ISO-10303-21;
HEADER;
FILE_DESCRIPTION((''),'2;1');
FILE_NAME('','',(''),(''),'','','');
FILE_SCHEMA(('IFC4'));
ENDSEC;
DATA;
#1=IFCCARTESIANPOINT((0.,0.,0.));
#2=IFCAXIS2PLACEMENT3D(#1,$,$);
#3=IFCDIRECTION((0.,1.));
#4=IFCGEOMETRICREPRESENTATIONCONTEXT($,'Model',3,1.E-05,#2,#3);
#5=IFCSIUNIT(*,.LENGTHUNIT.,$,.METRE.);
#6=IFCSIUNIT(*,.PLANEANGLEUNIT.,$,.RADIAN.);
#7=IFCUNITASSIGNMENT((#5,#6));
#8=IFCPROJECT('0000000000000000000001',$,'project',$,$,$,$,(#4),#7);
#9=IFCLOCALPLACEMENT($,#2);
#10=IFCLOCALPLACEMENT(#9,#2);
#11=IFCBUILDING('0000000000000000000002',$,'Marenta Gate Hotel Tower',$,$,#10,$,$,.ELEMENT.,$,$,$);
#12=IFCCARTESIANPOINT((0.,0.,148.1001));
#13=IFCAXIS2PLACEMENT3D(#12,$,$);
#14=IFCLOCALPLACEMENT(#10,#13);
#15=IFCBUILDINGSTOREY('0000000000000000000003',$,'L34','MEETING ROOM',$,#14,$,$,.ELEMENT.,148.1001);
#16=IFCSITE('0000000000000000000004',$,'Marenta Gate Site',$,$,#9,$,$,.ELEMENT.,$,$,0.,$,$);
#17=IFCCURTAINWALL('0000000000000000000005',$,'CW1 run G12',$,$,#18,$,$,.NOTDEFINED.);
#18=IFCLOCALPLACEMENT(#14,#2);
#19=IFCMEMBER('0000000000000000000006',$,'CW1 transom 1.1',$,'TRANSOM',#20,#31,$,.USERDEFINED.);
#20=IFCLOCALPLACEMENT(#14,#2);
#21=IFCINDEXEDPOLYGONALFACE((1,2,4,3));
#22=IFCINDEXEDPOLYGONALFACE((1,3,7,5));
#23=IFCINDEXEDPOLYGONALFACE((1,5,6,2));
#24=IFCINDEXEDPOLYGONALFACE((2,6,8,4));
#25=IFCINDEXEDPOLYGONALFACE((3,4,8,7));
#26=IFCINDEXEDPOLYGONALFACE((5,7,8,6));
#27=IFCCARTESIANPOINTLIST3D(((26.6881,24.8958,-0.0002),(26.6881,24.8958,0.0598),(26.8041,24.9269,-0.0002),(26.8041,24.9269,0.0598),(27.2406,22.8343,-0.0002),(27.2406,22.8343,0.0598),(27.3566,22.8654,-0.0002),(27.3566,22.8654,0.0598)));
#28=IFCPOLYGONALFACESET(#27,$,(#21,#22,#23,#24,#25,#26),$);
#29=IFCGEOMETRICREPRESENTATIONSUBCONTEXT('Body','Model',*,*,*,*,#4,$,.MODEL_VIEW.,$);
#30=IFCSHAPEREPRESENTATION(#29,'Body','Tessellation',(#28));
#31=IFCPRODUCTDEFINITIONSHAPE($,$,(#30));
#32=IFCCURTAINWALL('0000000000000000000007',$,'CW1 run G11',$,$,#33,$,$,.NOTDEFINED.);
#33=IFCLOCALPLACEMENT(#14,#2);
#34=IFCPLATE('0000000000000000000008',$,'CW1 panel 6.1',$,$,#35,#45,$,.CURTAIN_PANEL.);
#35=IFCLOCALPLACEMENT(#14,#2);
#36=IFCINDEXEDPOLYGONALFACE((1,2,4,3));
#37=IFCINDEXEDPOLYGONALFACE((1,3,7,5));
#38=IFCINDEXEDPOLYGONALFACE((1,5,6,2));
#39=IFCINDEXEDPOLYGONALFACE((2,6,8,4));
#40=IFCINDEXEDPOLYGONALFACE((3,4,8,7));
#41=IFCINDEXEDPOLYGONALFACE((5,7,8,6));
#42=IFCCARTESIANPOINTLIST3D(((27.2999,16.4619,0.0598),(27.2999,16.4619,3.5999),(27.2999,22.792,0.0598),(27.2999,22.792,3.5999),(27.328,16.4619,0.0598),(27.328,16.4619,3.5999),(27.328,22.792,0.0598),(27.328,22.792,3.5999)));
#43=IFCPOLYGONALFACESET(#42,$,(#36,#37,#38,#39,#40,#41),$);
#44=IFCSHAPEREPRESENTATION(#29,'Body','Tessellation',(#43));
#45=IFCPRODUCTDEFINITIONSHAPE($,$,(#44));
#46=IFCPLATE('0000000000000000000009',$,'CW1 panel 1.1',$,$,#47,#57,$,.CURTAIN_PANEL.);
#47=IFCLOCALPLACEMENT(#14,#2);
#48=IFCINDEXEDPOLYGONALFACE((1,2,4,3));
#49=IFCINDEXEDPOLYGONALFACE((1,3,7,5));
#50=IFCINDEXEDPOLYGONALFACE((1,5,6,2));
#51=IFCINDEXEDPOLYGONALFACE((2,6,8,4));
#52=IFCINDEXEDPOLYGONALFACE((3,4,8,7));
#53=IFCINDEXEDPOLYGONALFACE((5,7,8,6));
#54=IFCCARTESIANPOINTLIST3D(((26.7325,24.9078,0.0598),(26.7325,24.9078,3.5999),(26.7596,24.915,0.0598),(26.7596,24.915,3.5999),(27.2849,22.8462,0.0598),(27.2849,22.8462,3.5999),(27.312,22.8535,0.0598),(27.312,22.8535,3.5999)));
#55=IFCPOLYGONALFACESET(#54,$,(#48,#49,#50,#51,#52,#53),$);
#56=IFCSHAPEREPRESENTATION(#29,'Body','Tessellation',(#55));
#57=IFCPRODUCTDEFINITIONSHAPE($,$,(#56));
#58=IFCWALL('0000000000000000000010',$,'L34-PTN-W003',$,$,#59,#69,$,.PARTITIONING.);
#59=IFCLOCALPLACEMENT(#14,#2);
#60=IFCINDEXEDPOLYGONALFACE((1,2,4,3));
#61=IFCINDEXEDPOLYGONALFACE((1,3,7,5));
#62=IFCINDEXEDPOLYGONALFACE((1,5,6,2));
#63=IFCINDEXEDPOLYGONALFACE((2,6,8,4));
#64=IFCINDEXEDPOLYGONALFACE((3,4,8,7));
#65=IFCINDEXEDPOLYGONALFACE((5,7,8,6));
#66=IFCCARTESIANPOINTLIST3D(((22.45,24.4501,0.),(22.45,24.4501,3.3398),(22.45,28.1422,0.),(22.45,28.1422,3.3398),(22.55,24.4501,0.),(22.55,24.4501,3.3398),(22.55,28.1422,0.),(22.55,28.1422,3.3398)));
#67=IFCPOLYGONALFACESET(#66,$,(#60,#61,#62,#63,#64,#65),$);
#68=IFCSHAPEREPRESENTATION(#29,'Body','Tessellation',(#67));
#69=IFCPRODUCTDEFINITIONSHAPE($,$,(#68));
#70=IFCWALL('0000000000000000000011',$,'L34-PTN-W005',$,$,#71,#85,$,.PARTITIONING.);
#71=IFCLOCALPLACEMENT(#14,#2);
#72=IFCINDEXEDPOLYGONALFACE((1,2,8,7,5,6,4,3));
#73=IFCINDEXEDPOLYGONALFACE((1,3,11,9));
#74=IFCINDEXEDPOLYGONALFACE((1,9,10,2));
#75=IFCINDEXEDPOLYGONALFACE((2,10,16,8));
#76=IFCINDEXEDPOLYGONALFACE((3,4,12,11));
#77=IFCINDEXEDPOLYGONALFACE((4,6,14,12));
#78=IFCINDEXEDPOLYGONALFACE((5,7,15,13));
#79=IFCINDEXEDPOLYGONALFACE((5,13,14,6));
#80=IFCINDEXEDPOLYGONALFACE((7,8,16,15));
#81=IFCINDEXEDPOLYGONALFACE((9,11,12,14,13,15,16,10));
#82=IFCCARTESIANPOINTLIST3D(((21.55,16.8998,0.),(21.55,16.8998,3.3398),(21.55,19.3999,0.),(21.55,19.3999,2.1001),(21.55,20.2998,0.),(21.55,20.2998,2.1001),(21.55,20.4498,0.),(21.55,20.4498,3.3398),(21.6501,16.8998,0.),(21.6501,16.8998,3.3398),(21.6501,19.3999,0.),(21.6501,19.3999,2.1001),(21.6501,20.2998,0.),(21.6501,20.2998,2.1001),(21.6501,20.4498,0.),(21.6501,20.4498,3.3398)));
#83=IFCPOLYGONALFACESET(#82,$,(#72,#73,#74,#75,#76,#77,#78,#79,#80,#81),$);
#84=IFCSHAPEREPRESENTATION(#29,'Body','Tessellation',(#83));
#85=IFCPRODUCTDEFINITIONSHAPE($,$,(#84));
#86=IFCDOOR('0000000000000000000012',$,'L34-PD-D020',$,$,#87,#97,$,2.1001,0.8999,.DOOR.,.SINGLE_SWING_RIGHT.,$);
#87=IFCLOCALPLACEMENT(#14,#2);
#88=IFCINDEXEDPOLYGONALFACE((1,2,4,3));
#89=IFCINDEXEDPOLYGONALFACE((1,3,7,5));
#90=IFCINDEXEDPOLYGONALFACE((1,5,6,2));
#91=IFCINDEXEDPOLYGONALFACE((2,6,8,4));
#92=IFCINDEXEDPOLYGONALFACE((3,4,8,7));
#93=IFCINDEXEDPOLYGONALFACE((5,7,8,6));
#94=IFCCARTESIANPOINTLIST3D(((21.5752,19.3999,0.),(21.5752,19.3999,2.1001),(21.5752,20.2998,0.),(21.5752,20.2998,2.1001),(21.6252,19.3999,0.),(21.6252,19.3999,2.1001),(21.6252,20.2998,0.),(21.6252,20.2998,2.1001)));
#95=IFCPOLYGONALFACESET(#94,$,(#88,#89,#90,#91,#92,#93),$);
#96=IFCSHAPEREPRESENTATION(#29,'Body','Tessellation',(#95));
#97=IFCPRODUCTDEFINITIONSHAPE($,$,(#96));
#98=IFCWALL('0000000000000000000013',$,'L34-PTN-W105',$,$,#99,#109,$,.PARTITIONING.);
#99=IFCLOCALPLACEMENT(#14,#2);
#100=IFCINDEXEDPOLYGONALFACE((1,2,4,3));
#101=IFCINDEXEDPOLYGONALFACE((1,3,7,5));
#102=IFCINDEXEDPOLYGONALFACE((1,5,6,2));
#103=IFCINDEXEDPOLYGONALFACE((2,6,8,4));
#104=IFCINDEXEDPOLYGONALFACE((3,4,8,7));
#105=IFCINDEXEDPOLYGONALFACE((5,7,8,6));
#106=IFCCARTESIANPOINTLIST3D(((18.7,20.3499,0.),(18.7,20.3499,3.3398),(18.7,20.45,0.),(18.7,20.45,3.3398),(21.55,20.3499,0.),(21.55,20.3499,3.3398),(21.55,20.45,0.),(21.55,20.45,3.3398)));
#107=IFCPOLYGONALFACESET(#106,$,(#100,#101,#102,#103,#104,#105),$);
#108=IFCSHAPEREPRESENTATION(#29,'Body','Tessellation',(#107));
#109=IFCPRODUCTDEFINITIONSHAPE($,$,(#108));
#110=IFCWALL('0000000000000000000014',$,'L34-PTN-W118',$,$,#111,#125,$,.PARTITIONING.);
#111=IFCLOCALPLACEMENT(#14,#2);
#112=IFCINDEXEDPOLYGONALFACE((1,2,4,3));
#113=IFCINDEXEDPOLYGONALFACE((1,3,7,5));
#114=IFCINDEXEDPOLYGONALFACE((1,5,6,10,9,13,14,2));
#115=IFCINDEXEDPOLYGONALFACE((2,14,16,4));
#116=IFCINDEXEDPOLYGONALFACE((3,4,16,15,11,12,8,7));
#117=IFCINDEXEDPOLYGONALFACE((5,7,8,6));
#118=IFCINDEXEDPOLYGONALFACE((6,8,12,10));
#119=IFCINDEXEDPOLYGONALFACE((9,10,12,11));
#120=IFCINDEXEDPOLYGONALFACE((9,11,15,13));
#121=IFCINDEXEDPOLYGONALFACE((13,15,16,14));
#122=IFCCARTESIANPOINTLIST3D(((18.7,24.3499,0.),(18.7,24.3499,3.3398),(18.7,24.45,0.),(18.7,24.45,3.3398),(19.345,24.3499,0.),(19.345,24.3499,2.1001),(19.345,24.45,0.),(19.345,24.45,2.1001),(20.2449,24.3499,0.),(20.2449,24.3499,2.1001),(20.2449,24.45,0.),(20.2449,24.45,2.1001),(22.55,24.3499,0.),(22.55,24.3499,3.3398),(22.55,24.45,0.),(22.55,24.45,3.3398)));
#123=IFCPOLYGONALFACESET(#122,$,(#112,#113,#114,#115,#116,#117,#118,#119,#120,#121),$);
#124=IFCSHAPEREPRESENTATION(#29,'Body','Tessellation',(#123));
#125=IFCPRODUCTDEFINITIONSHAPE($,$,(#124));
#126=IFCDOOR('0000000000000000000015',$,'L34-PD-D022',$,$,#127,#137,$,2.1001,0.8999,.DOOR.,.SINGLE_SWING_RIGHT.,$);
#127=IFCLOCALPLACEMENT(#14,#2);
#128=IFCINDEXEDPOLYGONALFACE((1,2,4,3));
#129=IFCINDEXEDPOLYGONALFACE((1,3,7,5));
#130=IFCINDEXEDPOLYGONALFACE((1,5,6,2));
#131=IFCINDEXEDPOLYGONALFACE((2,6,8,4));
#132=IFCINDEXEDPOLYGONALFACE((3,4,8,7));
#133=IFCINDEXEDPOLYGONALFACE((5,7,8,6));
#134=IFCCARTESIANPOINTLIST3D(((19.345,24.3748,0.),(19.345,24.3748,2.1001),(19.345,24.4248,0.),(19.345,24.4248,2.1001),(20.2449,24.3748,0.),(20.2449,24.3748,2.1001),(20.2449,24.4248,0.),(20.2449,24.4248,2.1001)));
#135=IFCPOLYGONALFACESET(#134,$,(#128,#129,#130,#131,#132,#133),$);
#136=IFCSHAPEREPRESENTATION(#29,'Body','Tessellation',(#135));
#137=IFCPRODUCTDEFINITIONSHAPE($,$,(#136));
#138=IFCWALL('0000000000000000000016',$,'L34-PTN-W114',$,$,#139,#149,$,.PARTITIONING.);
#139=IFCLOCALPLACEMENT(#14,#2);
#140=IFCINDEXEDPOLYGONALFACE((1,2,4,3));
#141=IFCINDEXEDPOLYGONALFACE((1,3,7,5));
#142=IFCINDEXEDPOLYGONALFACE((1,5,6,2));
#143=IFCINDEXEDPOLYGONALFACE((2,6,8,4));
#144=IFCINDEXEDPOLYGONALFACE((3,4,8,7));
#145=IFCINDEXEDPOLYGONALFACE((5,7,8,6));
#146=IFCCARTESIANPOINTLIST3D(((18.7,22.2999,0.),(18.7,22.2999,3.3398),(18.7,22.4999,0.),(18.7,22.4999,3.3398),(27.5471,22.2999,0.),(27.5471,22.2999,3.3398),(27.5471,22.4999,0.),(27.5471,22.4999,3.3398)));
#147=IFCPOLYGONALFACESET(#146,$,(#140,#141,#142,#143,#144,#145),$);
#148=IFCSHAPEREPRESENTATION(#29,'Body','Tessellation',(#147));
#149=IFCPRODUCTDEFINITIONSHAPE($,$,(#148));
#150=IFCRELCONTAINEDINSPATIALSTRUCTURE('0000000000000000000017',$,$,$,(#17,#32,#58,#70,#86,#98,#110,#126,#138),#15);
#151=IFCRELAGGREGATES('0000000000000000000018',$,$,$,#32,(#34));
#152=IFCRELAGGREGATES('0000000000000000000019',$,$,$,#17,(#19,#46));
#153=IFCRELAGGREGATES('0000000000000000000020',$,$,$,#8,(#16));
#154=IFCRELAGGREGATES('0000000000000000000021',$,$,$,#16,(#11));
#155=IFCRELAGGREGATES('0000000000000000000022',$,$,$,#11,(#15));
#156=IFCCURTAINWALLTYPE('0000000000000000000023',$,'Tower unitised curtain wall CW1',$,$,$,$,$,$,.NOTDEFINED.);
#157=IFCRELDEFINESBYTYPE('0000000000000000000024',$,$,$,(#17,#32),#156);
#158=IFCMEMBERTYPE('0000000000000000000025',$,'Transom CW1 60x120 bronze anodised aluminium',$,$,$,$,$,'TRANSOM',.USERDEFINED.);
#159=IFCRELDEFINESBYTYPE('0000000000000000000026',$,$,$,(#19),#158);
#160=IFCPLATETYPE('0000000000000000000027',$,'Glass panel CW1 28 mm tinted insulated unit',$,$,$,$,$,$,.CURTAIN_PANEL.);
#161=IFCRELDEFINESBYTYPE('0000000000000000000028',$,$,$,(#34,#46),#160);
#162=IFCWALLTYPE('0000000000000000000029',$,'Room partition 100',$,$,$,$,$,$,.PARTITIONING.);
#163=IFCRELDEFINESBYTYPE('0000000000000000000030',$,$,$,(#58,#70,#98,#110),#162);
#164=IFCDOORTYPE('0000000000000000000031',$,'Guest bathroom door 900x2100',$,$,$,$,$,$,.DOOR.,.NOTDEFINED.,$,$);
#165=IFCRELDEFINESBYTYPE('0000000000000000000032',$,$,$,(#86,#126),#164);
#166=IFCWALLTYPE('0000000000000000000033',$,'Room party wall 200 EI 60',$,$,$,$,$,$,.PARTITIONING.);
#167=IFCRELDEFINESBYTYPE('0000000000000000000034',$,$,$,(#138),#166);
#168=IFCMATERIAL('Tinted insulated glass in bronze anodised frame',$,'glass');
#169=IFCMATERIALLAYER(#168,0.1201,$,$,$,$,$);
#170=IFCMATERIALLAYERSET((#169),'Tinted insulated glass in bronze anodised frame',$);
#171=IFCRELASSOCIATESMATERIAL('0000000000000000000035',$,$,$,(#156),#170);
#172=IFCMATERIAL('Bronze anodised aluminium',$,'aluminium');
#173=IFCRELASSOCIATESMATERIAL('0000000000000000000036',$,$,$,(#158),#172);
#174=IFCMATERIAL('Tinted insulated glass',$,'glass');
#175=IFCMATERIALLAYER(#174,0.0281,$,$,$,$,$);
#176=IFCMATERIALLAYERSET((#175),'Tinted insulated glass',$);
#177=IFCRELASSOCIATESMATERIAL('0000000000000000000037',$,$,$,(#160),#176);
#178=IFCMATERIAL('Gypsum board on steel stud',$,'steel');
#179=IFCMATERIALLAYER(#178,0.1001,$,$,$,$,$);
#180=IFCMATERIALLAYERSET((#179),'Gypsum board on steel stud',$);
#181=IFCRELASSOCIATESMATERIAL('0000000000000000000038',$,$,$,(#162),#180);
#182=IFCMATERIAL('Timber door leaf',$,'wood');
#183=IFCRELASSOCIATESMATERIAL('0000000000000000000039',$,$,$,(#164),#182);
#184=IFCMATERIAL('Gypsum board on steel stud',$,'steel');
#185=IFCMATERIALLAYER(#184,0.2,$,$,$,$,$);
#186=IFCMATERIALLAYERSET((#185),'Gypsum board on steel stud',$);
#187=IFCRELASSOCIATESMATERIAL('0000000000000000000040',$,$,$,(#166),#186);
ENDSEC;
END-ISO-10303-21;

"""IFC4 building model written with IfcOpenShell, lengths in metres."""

from ifc_helpers import new_model, si_unit, direction, frame, frame_2d, origin, origin_2d, place, context, subcontext, project, spatial, rectangle, extrude, material, layer, layer_set, material_profile, profile_set, type_object, element, fill, aggregate, save


model = new_model("IFC4")

# Units and contexts
model_context = context("Model", 3, precision=1e-05, world=origin(), true_north=direction((0.0, 1.0)))
body_context = subcontext(model_context, "Body", "Model", "MODEL_VIEW")
ifc_project = project(units=[si_unit("LENGTHUNIT", "METRE"), si_unit("PLANEANGLEUNIT", "RADIAN")], contexts=[model_context])

# Site, building, storey
site_placement = place(None, origin())
site = spatial("IfcSite", under=ifc_project, at=site_placement, Name="Marenta Gate Site", CompositionType="ELEMENT", RefElevation=0.0)
building_placement = place(site_placement, origin())
building = spatial("IfcBuilding", under=site, at=building_placement, Name="Marenta Gate Hotel Tower", CompositionType="ELEMENT")
storey_placement = place(building_placement, frame((0.0, 0.0, 148.1001)))
storey = spatial("IfcBuildingStorey", under=building, at=storey_placement, Name="L34", Description="MEETING ROOM", CompositionType="ELEMENT", Elevation=148.1001)

# Curtain wall
ifc_material_1 = material(Name="Tinted insulated glass in bronze anodised frame", Category="glass")
ifc_layer_1 = layer(ifc_material_1, 0.1201)
ifc_layer_set_1 = layer_set([ifc_layer_1], Name="Tinted insulated glass in bronze anodised frame")
curtain_wall_type = type_object("IfcCurtainWallType", Name="Tower unitised curtain wall CW1", PredefinedType="NOTDEFINED", material=ifc_layer_set_1)
curtain_wall_1_placement = place(storey_placement, origin())
curtain_wall_1 = element("IfcCurtainWall", 1, at=curtain_wall_1_placement, inside=storey, type_object=curtain_wall_type, Name="CW1 run G12", PredefinedType="NOTDEFINED")

# Member
ifc_material_2 = material(Name="Bronze anodised aluminium", Category="aluminium")
ifc_material_profile_1 = material_profile(ifc_material_2, rectangle(XDim=0.1201, YDim=0.0601, at=origin_2d()), Name="Transom CW1 60x120 bronze anodised aluminium")
ifc_profile_set_1 = profile_set([ifc_material_profile_1], Name="Bronze anodised aluminium")
member_type_1 = type_object("IfcMemberType", Name="Transom CW1 60x120 bronze anodised aluminium", ElementType="TRANSOM", PredefinedType="USERDEFINED", material=ifc_profile_set_1)
member_1_placement = place(storey_placement, frame((27.2986, 22.8499, 0.0298), z_axis=(-0.258866, 0.965913, 0.0), x_axis=(-0.965913, -0.258866, 0.0)))
member_1 = element("IfcMember", 2, at=member_1_placement, type_object=member_type_1, Name="CW1 transom 1.1", ObjectType="TRANSOM", PredefinedType="USERDEFINED", context=body_context, shape_type="SweptSolid", body=[
    extrude(rectangle(XDim=0.1201, YDim=0.0601, at=origin_2d()), origin(), (0.0, 0.0, 1.0), 2.1343),
])

# Curtain wall, plate
curtain_wall_2_placement = place(storey_placement, origin())
curtain_wall_2 = element("IfcCurtainWall", 3, at=curtain_wall_2_placement, inside=storey, type_object=curtain_wall_type, Name="CW1 run G11", PredefinedType="NOTDEFINED")
ifc_material_3 = material(Name="Tinted insulated glass", Category="glass")
ifc_layer_2 = layer(ifc_material_3, 0.0281)
ifc_layer_set_2 = layer_set([ifc_layer_2], Name="Tinted insulated glass")
plate_type = type_object("IfcPlateType", Name="Glass panel CW1 28 mm tinted insulated unit", PredefinedType="CURTAIN_PANEL", material=ifc_layer_set_2)
plate_1_placement = place(storey_placement, frame((27.314, 19.627, 0.0598), z_axis=(0.0, 0.0, 1.0), x_axis=(0.0, 1.0, 0.0)))
plate_1 = element("IfcPlate", 4, at=plate_1_placement, type_object=plate_type, Name="CW1 panel 6.1", PredefinedType="CURTAIN_PANEL", context=body_context, shape_type="SweptSolid", body=[
    extrude(rectangle(XDim=6.3301, YDim=0.0281, at=origin_2d()), origin(), (0.0, 0.0, 1.0), 3.54),
])
aggregate(curtain_wall_2, [plate_1])

# Plate
plate_2_placement = place(storey_placement, frame((27.0222, 23.8806, 0.0598), z_axis=(0.0, 0.0, 1.0), x_axis=(-0.258823, 0.965925, 0.0)))
plate_2 = element("IfcPlate", 5, at=plate_2_placement, type_object=plate_type, Name="CW1 panel 1.1", PredefinedType="CURTAIN_PANEL", context=body_context, shape_type="SweptSolid", body=[
    extrude(rectangle(XDim=2.1343, YDim=0.0281, at=origin_2d()), origin(), (0.0, 0.0, 1.0), 3.54),
])
aggregate(curtain_wall_1, [member_1, plate_2])

# Wall
ifc_material_4 = material(Name="Gypsum board on steel stud", Category="steel")
ifc_layer_3 = layer(ifc_material_4, 0.1001)
ifc_layer_set_3 = layer_set([ifc_layer_3], Name="Gypsum board on steel stud")
wall_type_1 = type_object("IfcWallType", Name="Room partition 100", PredefinedType="PARTITIONING", material=ifc_layer_set_3)
wall_1_placement = place(storey_placement, frame((22.5, 24.45, 0.0), z_axis=(0.0, 0.0, 1.0), x_axis=(0.0, 1.0, 0.0)))
element("IfcWall", 6, at=wall_1_placement, inside=storey, type_object=wall_type_1, Name="L34-PTN-W003", PredefinedType="PARTITIONING", context=body_context, shape_type="SweptSolid", body=[
    extrude(rectangle(XDim=3.6921, YDim=0.1001, at=frame_2d((1.8462, 0.0))), origin(), (0.0, 0.0, 1.0), 3.3398),
])

# Wall, opening, door
wall_2_placement = place(storey_placement, frame((21.6001, 16.8999, 0.0), z_axis=(0.0, 0.0, 1.0), x_axis=(0.0, 1.0, 0.0)))
wall_2 = element("IfcWall", 7, at=wall_2_placement, inside=storey, type_object=wall_type_1, Name="L34-PTN-W005", PredefinedType="PARTITIONING", context=body_context, shape_type="SweptSolid", body=[
    extrude(rectangle(XDim=3.55, YDim=0.1001, at=frame_2d((1.7749, 0.0))), origin(), (0.0, 0.0, 1.0), 3.3398),
])
opening_1_placement = place(wall_2_placement, frame((2.5, 0.0, 0.0)))
opening_1 = element("IfcOpeningElement", 8, at=opening_1_placement, cuts=wall_2, PredefinedType="OPENING", context=body_context, shape_type="SweptSolid", body=[
    extrude(rectangle(XDim=0.8999, YDim=2.1001, at=frame_2d((0.45, 1.05))), frame((0.0, 0.05, 0.0), z_axis=(0.0, -1.0, 0.0), x_axis=(1.0, 0.0, 0.0)), (0.0, 0.0, 1.0), 0.1001),
])
ifc_material_5 = material(Name="Timber door leaf", Category="wood")
door_type = type_object("IfcDoorType", Name="Guest bathroom door 900x2100", OperationType="NOTDEFINED", PredefinedType="DOOR", material=ifc_material_5)
door_1_placement = place(opening_1_placement, origin())
door_1 = element("IfcDoor", 9, at=door_1_placement, inside=storey, type_object=door_type, Name="L34-PD-D020", OperationType="SINGLE_SWING_RIGHT", OverallHeight=2.1001, OverallWidth=0.8999, PredefinedType="DOOR", context=body_context, shape_type="SweptSolid", body=[
    extrude(rectangle(XDim=0.8999, YDim=2.1001, at=frame_2d((0.45, 1.05))), frame((0.0, 0.0249, 0.0), z_axis=(0.0, -1.0, 0.0), x_axis=(1.0, 0.0, 0.0)), (0.0, 0.0, 1.0), 0.05),
])
fill(opening_1, door_1)

# Wall
wall_3_placement = place(storey_placement, frame((18.7, 20.3999, 0.0), z_axis=(0.0, 0.0, 1.0), x_axis=(1.0, 0.0, 0.0)))
element("IfcWall", 10, at=wall_3_placement, inside=storey, type_object=wall_type_1, Name="L34-PTN-W105", PredefinedType="PARTITIONING", context=body_context, shape_type="SweptSolid", body=[
    extrude(rectangle(XDim=2.8501, YDim=0.1001, at=frame_2d((1.425, 0.0))), origin(), (0.0, 0.0, 1.0), 3.3398),
])

# Wall, opening, door
wall_4_placement = place(storey_placement, frame((18.7, 24.3999, 0.0), z_axis=(0.0, 0.0, 1.0), x_axis=(1.0, 0.0, 0.0)))
wall_4 = element("IfcWall", 11, at=wall_4_placement, inside=storey, type_object=wall_type_1, Name="L34-PTN-W118", PredefinedType="PARTITIONING", context=body_context, shape_type="SweptSolid", body=[
    extrude(rectangle(XDim=3.8501, YDim=0.1001, at=frame_2d((1.925, 0.0))), origin(), (0.0, 0.0, 1.0), 3.3398),
])
opening_2_placement = place(wall_4_placement, frame((0.645, 0.0, 0.0)))
opening_2 = element("IfcOpeningElement", 12, at=opening_2_placement, cuts=wall_4, PredefinedType="OPENING", context=body_context, shape_type="SweptSolid", body=[
    extrude(rectangle(XDim=0.8999, YDim=2.1001, at=frame_2d((0.45, 1.05))), frame((0.0, 0.05, 0.0), z_axis=(0.0, -1.0, 0.0), x_axis=(1.0, 0.0, 0.0)), (0.0, 0.0, 1.0), 0.1001),
])
door_2_placement = place(opening_2_placement, origin())
door_2 = element("IfcDoor", 13, at=door_2_placement, inside=storey, type_object=door_type, Name="L34-PD-D022", OperationType="SINGLE_SWING_RIGHT", OverallHeight=2.1001, OverallWidth=0.8999, PredefinedType="DOOR", context=body_context, shape_type="SweptSolid", body=[
    extrude(rectangle(XDim=0.8999, YDim=2.1001, at=frame_2d((0.45, 1.05))), frame((0.0, 0.0249, 0.0), z_axis=(0.0, -1.0, 0.0), x_axis=(1.0, 0.0, 0.0)), (0.0, 0.0, 1.0), 0.05),
])
fill(opening_2, door_2)

# Wall
ifc_material_6 = material(Name="Gypsum board on steel stud", Category="steel")
ifc_layer_4 = layer(ifc_material_6, 0.2)
ifc_layer_set_4 = layer_set([ifc_layer_4], Name="Gypsum board on steel stud")
wall_type_2 = type_object("IfcWallType", Name="Room party wall 200 EI 60", PredefinedType="PARTITIONING", material=ifc_layer_set_4)
wall_5_placement = place(storey_placement, frame((18.7, 22.3999, 0.0), z_axis=(0.0, 0.0, 1.0), x_axis=(1.0, 0.0, 0.0)))
element("IfcWall", 14, at=wall_5_placement, inside=storey, type_object=wall_type_2, Name="L34-PTN-W114", PredefinedType="PARTITIONING", context=body_context, shape_type="SweptSolid", body=[
    extrude(rectangle(XDim=8.8472, YDim=0.2, at=frame_2d((4.4236, 0.0))), origin(), (0.0, 0.0, 1.0), 3.3398),
])

save(model, "model.ifc")
